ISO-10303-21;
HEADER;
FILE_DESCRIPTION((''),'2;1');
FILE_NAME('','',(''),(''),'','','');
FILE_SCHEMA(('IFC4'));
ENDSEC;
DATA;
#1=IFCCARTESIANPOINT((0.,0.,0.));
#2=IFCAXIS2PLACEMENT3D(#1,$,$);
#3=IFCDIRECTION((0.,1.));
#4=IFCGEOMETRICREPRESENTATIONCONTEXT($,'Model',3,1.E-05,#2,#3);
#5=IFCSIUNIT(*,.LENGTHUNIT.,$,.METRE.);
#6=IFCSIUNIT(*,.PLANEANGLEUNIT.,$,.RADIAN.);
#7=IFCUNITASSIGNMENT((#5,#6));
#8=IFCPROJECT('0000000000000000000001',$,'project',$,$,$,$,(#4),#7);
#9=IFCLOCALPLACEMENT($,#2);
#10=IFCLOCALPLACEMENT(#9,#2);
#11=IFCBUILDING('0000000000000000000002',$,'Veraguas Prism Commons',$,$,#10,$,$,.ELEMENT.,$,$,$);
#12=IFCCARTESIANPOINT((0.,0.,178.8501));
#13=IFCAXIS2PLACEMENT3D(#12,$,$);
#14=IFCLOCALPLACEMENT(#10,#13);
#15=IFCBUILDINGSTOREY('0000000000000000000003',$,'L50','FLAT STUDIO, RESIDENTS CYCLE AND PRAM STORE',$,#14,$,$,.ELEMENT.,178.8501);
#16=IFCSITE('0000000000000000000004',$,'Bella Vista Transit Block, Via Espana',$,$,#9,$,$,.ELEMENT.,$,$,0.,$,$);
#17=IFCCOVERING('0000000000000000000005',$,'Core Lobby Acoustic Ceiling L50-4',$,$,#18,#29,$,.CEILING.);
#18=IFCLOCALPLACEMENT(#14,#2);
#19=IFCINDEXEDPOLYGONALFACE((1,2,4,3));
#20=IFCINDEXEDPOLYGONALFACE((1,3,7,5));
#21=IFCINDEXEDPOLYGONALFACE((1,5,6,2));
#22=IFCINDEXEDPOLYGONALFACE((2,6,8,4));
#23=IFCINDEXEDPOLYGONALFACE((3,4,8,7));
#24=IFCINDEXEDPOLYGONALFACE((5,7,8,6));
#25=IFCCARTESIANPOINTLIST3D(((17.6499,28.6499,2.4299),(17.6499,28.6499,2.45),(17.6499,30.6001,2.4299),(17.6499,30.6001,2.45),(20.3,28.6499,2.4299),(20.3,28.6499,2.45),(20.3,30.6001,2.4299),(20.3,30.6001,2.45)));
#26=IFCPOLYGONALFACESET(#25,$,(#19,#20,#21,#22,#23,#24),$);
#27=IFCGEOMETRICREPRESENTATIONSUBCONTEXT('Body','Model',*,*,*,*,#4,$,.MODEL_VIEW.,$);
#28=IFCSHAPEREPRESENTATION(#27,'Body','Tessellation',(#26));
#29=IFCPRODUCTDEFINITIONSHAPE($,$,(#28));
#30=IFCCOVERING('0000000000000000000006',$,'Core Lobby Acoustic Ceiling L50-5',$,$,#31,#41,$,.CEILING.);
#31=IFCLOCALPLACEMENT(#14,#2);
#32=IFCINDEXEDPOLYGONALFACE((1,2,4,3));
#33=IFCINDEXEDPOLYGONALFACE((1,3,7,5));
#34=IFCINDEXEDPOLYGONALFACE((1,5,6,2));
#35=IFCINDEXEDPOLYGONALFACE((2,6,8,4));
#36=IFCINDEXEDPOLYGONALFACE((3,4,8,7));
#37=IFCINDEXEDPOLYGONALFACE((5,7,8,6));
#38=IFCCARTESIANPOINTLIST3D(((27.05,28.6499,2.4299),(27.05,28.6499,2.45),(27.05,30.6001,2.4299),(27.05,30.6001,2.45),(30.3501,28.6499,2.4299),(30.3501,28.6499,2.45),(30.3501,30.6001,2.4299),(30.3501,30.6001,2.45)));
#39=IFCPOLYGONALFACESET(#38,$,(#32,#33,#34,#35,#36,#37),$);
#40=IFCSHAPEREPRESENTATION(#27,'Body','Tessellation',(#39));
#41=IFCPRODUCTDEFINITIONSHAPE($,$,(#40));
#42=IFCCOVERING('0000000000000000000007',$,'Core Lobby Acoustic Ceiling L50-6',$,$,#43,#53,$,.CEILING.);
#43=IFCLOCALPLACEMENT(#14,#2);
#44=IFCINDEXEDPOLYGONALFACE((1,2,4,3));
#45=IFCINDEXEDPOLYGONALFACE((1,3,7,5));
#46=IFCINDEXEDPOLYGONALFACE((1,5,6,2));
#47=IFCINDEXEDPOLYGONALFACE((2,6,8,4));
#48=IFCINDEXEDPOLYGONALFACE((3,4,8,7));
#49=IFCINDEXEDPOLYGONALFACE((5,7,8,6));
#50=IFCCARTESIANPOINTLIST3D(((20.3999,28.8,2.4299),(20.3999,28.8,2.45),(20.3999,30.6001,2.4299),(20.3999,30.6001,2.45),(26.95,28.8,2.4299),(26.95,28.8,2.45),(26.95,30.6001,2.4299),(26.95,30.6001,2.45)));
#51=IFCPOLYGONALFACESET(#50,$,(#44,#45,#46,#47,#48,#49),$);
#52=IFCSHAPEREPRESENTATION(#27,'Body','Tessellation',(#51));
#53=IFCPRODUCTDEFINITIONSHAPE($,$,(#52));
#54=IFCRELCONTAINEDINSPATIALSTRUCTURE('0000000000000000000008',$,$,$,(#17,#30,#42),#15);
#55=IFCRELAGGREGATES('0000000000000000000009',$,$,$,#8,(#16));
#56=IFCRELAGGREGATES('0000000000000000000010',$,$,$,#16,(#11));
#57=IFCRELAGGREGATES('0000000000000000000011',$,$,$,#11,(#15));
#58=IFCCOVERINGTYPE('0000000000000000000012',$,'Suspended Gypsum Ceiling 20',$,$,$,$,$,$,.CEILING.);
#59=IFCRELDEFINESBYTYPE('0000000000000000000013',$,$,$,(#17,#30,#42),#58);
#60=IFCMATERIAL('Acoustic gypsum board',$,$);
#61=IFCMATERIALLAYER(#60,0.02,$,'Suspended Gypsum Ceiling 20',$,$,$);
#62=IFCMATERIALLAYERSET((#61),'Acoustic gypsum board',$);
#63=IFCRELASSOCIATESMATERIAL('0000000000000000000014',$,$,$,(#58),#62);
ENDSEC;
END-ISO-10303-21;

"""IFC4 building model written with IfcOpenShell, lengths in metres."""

from ifc_helpers import new_model, si_unit, direction, frame, origin, place, context, subcontext, project, spatial, polyline, outline, extrude, material, layer, layer_set, type_object, element, save


model = new_model("IFC4")

# Units and contexts
model_context = context("Model", 3, precision=1e-05, world=origin(), true_north=direction((0.0, 1.0)))
body_context = subcontext(model_context, "Body", "Model", "MODEL_VIEW")
ifc_project = project(units=[si_unit("LENGTHUNIT", "METRE"), si_unit("PLANEANGLEUNIT", "RADIAN")], contexts=[model_context])

# Site, building, storey
site_placement = place(None, origin())
site = spatial("IfcSite", under=ifc_project, at=site_placement, Name="Bella Vista Transit Block, Via Espana", CompositionType="ELEMENT", RefElevation=0.0)
building_placement = place(site_placement, origin())
building = spatial("IfcBuilding", under=site, at=building_placement, Name="Veraguas Prism Commons", CompositionType="ELEMENT")
storey_placement = place(building_placement, frame((0.0, 0.0, 178.8501)))
storey = spatial("IfcBuildingStorey", under=building, at=storey_placement, Name="L50", Description="FLAT STUDIO, RESIDENTS CYCLE AND PRAM STORE", CompositionType="ELEMENT", Elevation=178.8501)

# Coverings
ifc_material_1 = material(Name="Acoustic gypsum board")
ifc_layer_1 = layer(ifc_material_1, 0.02, Name="Suspended Gypsum Ceiling 20")
ifc_layer_set_1 = layer_set([ifc_layer_1], Name="Acoustic gypsum board")
covering_type_1 = type_object("IfcCoveringType", Name="Suspended Gypsum Ceiling 20", PredefinedType="CEILING", material=ifc_layer_set_1)
covering_1_placement = place(storey_placement, frame((0.0, 0.0, 2.4299)))
element("IfcCovering", 1, at=covering_1_placement, inside=storey, type_object=covering_type_1, Name="Core Lobby Acoustic Ceiling L50-4", PredefinedType="CEILING", context=body_context, shape_type="SweptSolid", body=[
    extrude(outline(polyline([(17.6499, 28.6499), (20.3, 28.6499), (20.3, 30.6001), (17.6499, 30.6001), (17.6499, 28.6499)])), origin(), (0.0, 0.0, 1.0), 0.02),
])
covering_2_placement = place(storey_placement, frame((0.0, 0.0, 2.4299)))
element("IfcCovering", 2, at=covering_2_placement, inside=storey, type_object=covering_type_1, Name="Core Lobby Acoustic Ceiling L50-5", PredefinedType="CEILING", context=body_context, shape_type="SweptSolid", body=[
    extrude(outline(polyline([(27.05, 28.6499), (30.3501, 28.6499), (30.3501, 30.6001), (27.05, 30.6001), (27.05, 28.6499)])), origin(), (0.0, 0.0, 1.0), 0.02),
])
covering_3_placement = place(storey_placement, frame((0.0, 0.0, 2.4299)))
element("IfcCovering", 3, at=covering_3_placement, inside=storey, type_object=covering_type_1, Name="Core Lobby Acoustic Ceiling L50-6", PredefinedType="CEILING", context=body_context, shape_type="SweptSolid", body=[
    extrude(outline(polyline([(20.3999, 28.8), (26.95, 28.8), (26.95, 30.6001), (20.3999, 30.6001), (20.3999, 28.8)])), origin(), (0.0, 0.0, 1.0), 0.02),
])

save(model, "model.ifc")
